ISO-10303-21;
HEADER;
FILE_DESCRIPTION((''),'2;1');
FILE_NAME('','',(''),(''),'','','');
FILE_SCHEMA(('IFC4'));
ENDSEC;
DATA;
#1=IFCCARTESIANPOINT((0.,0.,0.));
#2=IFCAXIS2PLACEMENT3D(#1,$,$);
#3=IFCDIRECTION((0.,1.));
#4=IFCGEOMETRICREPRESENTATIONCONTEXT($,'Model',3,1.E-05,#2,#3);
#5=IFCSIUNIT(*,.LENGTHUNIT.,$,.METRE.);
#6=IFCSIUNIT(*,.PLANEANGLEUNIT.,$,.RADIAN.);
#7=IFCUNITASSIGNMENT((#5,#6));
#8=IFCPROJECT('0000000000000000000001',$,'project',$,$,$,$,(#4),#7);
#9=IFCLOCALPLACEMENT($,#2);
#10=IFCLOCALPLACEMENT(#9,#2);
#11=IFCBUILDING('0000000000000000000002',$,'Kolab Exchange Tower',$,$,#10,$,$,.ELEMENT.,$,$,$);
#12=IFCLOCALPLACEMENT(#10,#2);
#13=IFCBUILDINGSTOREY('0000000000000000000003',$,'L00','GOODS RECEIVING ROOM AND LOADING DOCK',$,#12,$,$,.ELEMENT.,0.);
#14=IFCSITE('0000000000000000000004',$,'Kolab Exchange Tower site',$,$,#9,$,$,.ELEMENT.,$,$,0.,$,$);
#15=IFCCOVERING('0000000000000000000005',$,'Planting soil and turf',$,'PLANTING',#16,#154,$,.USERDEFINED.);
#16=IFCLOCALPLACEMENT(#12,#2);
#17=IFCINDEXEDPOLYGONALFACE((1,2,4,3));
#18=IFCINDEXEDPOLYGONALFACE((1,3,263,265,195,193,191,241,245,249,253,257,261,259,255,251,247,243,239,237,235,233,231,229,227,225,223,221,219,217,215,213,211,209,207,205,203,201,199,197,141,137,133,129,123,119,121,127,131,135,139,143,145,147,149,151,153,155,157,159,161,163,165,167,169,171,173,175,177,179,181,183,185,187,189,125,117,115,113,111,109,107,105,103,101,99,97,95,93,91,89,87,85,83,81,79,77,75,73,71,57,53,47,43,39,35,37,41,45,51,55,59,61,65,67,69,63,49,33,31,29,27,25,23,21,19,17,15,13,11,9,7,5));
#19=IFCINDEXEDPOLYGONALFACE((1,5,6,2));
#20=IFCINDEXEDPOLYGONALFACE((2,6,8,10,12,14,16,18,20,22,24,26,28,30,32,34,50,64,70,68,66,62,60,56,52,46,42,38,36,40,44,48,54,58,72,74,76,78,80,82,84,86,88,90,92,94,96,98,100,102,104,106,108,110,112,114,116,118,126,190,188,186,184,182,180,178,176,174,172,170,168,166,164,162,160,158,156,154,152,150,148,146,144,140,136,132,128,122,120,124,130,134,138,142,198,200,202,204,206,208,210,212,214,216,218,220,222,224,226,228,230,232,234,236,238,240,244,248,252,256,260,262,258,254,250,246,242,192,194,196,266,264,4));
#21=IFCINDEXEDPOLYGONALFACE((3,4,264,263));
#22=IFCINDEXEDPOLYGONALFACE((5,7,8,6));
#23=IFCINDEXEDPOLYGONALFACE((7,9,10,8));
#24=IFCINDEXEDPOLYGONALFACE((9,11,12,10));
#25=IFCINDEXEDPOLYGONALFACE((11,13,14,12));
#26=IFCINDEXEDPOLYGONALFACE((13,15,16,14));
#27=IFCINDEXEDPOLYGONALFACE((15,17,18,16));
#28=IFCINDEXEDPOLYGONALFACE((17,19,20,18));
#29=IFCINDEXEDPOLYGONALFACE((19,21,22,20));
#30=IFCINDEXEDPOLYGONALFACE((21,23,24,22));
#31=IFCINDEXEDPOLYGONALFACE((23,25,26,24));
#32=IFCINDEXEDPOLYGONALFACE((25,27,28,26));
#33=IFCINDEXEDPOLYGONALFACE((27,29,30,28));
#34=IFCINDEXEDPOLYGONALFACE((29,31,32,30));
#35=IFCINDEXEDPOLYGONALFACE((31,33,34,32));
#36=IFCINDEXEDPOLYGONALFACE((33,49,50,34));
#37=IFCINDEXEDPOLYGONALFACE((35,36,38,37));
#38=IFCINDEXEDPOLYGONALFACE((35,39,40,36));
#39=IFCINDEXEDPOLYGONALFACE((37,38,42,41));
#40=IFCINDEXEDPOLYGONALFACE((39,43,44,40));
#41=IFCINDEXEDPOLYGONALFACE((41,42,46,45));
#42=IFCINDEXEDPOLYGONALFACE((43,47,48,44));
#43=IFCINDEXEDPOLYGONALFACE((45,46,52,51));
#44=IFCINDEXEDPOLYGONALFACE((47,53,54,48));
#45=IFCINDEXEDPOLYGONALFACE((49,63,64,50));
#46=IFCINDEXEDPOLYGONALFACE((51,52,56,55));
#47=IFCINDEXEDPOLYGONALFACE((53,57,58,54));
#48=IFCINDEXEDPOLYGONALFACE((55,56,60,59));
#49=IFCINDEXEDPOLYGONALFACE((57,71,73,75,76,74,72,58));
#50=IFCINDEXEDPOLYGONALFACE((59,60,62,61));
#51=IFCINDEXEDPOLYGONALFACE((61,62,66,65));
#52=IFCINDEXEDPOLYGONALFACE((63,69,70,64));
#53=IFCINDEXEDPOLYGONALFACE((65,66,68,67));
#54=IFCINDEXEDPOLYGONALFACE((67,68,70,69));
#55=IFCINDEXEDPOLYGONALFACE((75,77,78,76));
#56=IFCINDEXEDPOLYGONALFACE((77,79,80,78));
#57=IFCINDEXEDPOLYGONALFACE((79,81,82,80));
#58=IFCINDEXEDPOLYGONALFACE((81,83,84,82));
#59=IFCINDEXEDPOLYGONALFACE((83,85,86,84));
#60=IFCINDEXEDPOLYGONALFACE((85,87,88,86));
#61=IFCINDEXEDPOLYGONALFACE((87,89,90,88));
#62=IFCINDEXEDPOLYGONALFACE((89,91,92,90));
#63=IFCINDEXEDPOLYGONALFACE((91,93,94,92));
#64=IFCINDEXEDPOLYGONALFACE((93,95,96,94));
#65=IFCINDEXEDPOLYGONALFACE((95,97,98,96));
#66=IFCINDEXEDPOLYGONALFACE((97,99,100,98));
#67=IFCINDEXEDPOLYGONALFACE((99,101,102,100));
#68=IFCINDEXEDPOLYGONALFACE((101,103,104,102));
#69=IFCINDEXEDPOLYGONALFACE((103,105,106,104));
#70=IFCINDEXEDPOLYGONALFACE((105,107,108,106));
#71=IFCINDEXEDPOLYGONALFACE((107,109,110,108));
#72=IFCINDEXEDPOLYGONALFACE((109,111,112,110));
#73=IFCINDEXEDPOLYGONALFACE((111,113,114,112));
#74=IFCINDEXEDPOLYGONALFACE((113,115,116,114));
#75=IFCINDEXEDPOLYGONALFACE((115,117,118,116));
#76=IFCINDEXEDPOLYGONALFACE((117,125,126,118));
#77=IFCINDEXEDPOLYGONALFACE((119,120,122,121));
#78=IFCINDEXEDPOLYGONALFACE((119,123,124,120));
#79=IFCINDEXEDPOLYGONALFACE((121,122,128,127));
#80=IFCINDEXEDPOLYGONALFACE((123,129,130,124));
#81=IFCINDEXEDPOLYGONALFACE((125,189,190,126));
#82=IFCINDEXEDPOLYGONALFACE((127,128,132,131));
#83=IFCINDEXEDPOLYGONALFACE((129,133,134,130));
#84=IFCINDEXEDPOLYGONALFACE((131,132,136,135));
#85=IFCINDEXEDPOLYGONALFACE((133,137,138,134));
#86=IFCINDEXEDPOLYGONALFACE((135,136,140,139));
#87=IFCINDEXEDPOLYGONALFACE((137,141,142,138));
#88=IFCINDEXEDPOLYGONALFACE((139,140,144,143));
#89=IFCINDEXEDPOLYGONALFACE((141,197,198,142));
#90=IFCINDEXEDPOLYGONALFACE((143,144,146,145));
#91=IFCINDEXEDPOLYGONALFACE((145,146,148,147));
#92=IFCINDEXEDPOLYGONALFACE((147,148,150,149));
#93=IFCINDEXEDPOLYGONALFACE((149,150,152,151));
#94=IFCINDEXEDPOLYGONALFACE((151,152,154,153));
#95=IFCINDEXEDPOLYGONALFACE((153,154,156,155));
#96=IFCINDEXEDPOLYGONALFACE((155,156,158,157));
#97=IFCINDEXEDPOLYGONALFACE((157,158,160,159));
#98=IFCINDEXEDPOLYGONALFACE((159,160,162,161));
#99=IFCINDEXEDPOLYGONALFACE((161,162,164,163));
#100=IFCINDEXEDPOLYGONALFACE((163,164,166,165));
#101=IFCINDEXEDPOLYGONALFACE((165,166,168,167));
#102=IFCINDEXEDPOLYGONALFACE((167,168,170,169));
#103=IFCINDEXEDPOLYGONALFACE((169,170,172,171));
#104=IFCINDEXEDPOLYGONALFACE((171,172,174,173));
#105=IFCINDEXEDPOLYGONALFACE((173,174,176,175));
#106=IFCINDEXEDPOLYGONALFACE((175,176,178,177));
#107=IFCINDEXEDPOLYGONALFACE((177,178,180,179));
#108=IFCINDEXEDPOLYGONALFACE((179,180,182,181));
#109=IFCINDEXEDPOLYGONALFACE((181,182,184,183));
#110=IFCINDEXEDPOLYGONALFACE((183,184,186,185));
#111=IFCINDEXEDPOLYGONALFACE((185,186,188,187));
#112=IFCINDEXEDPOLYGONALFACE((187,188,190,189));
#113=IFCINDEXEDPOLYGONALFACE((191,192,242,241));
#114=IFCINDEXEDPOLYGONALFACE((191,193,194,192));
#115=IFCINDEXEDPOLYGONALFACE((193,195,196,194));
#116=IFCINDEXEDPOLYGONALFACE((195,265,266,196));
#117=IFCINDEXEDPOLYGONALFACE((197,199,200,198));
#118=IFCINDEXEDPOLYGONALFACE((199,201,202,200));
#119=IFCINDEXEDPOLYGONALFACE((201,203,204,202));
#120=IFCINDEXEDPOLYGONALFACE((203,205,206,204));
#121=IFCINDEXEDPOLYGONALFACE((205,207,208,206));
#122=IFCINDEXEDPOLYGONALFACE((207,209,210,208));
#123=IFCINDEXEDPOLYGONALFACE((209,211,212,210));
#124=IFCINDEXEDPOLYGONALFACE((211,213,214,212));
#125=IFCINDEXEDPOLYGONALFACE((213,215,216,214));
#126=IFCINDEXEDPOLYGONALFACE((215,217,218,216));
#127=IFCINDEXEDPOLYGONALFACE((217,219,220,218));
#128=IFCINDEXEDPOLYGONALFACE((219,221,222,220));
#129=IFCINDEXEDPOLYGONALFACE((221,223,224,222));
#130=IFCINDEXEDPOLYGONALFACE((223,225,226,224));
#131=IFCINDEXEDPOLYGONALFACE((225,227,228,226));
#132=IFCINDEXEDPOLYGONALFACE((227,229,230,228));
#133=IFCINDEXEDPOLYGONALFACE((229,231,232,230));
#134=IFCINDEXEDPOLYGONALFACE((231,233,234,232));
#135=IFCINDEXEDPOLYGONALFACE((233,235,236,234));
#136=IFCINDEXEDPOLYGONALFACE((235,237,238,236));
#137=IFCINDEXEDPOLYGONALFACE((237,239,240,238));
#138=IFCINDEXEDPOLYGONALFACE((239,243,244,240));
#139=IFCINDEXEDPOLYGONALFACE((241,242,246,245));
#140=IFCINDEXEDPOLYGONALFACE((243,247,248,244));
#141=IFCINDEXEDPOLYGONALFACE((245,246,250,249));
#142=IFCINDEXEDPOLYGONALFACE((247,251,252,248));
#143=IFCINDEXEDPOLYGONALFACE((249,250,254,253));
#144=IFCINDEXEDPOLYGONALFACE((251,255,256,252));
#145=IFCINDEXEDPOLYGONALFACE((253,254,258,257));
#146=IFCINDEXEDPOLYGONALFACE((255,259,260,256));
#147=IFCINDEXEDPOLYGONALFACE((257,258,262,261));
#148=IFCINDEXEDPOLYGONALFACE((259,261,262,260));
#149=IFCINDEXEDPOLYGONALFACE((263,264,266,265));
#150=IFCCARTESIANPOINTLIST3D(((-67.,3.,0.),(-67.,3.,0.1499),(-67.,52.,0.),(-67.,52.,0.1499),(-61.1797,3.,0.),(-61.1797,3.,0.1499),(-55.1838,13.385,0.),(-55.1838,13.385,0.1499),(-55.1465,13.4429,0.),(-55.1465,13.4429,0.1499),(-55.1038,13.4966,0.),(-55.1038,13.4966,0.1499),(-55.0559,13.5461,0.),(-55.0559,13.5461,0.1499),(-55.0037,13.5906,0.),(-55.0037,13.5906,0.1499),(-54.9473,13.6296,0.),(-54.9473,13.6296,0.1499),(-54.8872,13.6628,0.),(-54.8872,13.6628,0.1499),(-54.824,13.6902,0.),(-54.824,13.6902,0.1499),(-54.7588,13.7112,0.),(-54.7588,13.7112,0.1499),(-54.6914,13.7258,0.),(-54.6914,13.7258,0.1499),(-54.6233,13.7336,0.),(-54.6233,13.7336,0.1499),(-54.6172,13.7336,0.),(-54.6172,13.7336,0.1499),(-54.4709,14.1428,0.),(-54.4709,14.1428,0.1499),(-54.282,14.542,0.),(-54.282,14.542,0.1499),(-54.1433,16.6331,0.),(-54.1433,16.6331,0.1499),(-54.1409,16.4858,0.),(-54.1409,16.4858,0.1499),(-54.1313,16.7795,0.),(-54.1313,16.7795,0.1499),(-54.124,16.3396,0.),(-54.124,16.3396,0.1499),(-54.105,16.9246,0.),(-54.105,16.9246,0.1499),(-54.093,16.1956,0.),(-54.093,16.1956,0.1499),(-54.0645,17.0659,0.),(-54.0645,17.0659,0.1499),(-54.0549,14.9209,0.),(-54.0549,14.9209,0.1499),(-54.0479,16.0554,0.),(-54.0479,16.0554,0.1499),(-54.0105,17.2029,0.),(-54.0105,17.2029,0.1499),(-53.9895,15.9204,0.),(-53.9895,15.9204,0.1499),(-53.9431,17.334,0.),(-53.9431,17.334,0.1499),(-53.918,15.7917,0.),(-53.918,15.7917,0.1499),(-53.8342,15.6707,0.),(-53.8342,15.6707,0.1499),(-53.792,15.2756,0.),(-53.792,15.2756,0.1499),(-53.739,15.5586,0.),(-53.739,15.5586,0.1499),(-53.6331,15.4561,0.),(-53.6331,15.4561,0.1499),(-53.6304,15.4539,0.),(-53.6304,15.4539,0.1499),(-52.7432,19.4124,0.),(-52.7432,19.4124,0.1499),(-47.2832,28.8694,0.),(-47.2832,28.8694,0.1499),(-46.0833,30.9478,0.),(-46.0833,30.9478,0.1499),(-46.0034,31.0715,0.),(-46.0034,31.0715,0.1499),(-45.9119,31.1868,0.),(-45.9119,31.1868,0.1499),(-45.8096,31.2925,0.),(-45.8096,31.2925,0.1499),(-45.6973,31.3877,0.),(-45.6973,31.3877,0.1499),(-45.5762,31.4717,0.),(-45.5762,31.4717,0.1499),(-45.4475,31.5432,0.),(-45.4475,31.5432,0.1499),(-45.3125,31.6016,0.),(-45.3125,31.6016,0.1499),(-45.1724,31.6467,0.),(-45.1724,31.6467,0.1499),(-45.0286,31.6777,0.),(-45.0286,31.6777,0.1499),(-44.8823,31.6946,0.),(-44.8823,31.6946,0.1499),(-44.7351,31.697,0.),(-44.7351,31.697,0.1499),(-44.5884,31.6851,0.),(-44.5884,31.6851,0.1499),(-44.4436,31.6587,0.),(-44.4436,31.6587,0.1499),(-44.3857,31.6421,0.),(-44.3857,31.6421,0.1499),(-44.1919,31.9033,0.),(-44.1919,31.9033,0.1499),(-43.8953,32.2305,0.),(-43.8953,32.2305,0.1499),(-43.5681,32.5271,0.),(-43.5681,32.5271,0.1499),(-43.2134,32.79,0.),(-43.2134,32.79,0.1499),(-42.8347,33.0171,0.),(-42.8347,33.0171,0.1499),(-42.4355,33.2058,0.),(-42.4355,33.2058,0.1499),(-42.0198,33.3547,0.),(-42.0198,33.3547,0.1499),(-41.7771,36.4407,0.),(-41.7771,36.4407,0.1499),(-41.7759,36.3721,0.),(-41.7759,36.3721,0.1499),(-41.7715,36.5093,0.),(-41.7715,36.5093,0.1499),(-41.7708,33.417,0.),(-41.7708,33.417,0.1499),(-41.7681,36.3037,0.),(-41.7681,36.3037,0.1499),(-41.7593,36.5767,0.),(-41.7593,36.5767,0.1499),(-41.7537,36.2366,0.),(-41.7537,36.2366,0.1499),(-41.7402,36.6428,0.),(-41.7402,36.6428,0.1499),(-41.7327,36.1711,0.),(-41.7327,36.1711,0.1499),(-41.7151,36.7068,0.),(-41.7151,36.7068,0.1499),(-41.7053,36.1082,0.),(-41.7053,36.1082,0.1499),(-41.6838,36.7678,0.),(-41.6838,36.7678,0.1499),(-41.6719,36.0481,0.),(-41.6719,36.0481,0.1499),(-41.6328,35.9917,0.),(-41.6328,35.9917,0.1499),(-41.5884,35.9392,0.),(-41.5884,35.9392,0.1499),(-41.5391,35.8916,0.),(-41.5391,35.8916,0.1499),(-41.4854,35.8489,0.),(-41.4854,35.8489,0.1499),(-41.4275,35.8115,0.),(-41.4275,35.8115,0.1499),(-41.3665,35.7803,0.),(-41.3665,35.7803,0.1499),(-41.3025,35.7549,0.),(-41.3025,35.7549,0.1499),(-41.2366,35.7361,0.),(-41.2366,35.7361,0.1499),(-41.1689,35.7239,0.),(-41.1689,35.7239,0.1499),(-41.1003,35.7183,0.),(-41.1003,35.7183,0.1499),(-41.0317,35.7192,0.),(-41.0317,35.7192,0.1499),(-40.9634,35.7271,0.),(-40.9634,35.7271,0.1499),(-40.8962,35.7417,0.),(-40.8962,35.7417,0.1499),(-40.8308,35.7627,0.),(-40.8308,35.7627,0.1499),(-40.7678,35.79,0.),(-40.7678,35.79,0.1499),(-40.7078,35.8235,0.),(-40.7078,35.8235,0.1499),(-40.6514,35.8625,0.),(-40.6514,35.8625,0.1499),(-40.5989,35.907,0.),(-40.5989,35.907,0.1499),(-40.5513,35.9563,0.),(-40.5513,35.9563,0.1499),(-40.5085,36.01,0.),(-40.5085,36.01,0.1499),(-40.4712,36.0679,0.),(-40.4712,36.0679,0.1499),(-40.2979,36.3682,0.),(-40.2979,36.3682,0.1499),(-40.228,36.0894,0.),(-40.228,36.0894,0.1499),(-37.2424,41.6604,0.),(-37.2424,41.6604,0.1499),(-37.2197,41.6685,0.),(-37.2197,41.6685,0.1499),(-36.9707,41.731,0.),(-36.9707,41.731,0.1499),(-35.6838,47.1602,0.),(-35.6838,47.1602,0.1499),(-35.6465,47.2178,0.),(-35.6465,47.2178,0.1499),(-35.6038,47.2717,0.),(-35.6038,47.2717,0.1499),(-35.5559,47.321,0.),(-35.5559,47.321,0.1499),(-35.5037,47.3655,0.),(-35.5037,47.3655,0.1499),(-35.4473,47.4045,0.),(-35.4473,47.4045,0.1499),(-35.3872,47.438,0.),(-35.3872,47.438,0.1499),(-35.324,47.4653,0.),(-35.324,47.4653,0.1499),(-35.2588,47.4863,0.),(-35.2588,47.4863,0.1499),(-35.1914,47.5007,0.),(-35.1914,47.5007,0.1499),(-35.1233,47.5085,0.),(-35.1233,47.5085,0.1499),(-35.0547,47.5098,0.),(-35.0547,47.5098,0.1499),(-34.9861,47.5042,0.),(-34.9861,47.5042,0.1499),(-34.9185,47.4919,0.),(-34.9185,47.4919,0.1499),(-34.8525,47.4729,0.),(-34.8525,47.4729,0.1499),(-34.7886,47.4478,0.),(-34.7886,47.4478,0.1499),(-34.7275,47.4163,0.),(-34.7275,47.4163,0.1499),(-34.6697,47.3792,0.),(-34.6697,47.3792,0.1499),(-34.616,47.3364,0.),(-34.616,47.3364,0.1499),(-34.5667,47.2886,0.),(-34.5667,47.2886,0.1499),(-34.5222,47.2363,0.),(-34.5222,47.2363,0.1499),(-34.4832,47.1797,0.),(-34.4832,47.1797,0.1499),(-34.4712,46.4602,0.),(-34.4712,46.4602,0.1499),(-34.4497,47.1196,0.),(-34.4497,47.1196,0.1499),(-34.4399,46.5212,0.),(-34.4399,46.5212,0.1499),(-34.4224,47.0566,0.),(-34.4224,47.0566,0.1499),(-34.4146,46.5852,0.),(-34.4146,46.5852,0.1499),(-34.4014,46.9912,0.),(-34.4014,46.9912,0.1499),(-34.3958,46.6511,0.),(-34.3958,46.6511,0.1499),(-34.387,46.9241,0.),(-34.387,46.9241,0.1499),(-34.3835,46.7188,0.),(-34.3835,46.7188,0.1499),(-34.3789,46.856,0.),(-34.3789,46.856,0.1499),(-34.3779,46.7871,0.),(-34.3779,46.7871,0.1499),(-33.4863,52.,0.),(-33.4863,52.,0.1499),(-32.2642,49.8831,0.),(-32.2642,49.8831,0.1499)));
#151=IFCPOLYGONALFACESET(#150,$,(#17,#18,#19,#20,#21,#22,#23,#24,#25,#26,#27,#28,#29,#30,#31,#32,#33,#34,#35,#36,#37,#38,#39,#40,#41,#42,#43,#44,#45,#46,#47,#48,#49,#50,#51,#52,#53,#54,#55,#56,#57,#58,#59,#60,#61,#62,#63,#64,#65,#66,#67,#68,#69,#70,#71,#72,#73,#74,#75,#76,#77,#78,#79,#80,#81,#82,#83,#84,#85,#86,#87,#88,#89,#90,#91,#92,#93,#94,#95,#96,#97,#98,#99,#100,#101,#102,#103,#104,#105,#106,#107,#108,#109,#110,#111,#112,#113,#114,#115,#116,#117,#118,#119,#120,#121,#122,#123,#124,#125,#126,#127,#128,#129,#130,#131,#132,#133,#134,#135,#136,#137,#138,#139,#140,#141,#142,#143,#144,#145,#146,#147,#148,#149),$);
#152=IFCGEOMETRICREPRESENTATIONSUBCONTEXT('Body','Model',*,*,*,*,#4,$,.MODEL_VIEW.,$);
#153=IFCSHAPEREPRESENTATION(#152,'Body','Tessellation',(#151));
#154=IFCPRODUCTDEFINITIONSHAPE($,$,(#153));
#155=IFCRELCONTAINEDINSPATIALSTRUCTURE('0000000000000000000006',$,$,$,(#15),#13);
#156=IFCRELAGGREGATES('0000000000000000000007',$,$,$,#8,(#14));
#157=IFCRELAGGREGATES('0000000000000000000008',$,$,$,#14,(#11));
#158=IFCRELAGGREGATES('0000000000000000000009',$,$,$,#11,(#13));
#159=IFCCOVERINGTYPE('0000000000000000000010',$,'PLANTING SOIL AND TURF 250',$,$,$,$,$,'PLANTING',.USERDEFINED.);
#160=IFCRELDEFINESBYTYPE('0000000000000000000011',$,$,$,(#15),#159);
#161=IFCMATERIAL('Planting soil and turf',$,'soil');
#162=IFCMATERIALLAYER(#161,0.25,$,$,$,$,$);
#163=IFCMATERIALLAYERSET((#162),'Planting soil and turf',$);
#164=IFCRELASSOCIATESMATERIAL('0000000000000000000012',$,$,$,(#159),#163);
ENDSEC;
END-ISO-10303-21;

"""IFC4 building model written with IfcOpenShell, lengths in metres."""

from ifc_helpers import new_model, si_unit, direction, origin, place, context, subcontext, project, spatial, polyline, outline, extrude, material, layer, layer_set, type_object, element, save


model = new_model("IFC4")

# Units and contexts
model_context = context("Model", 3, precision=1e-05, world=origin(), true_north=direction((0.0, 1.0)))
body_context = subcontext(model_context, "Body", "Model", "MODEL_VIEW")
ifc_project = project(units=[si_unit("LENGTHUNIT", "METRE"), si_unit("PLANEANGLEUNIT", "RADIAN")], contexts=[model_context])

# Site, building, storey
site_placement = place(None, origin())
site = spatial("IfcSite", under=ifc_project, at=site_placement, Name="Kolab Exchange Tower site", CompositionType="ELEMENT", RefElevation=0.0)
building_placement = place(site_placement, origin())
building = spatial("IfcBuilding", under=site, at=building_placement, Name="Kolab Exchange Tower", CompositionType="ELEMENT")
storey_placement = place(building_placement, origin())
storey = spatial("IfcBuildingStorey", under=building, at=storey_placement, Name="L00", Description="GOODS RECEIVING ROOM AND LOADING DOCK", CompositionType="ELEMENT", Elevation=0.0)

# Covering
ifc_material_1 = material(Name="Planting soil and turf", Category="soil")
ifc_layer_1 = layer(ifc_material_1, 0.25)
ifc_layer_set_1 = layer_set([ifc_layer_1], Name="Planting soil and turf")
covering_type_1 = type_object("IfcCoveringType", Name="PLANTING SOIL AND TURF 250", ElementType="PLANTING", PredefinedType="USERDEFINED", material=ifc_layer_set_1)
covering_1_placement = place(storey_placement, origin())
element("IfcCovering", 1, at=covering_1_placement, inside=storey, type_object=covering_type_1, Name="Planting soil and turf", ObjectType="PLANTING", PredefinedType="USERDEFINED", context=body_context, shape_type="SweptSolid", body=[
    extrude(outline(polyline([(-67.0, 52.0), (-33.4863, 52.0), (-32.2642, 49.8831), (-36.9707, 41.731), (-37.2197, 41.6685), (-37.2424, 41.6604), (-34.4712, 46.4602), (-34.4399, 46.5212), (-34.4146, 46.5852), (-34.3958, 46.6511), (-34.3835, 46.7188), (-34.3779, 46.7871), (-34.3789, 46.856), (-34.387, 46.9241), (-34.4014, 46.9912), (-34.4224, 47.0566), (-34.4497, 47.1196), (-34.4832, 47.1797), (-34.5222, 47.2363), (-34.5667, 47.2886), (-34.616, 47.3364), (-34.6697, 47.3792), (-34.7275, 47.4163), (-34.7886, 47.4478), (-34.8525, 47.4729), (-34.9185, 47.4919), (-34.9861, 47.5042), (-35.0547, 47.5098), (-35.1233, 47.5085), (-35.1914, 47.5007), (-35.2588, 47.4863), (-35.324, 47.4653), (-35.3872, 47.438), (-35.4473, 47.4045), (-35.5037, 47.3655), (-35.5559, 47.321), (-35.6038, 47.2717), (-35.6465, 47.2178), (-35.6838, 47.1602), (-41.6838, 36.7678), (-41.7151, 36.7068), (-41.7402, 36.6428), (-41.7593, 36.5767), (-41.7715, 36.5093), (-41.7771, 36.4407), (-41.7759, 36.3721), (-41.7681, 36.3037), (-41.7537, 36.2366), (-41.7327, 36.1711), (-41.7053, 36.1082), (-41.6719, 36.0481), (-41.6328, 35.9917), (-41.5884, 35.9392), (-41.5391, 35.8916), (-41.4854, 35.8489), (-41.4275, 35.8115), (-41.3665, 35.7803), (-41.3025, 35.7549), (-41.2366, 35.7361), (-41.1689, 35.7239), (-41.1003, 35.7183), (-41.0317, 35.7192), (-40.9634, 35.7271), (-40.8962, 35.7417), (-40.8308, 35.7627), (-40.7678, 35.79), (-40.7078, 35.8235), (-40.6514, 35.8625), (-40.5989, 35.907), (-40.5513, 35.9563), (-40.5085, 36.01), (-40.4712, 36.0679), (-40.2979, 36.3682), (-40.228, 36.0894), (-41.7708, 33.417), (-42.0198, 33.3547), (-42.4355, 33.2058), (-42.8347, 33.0171), (-43.2134, 32.79), (-43.5681, 32.5271), (-43.8953, 32.2305), (-44.1919, 31.9033), (-44.3857, 31.6421), (-44.4436, 31.6587), (-44.5884, 31.6851), (-44.7351, 31.697), (-44.8823, 31.6946), (-45.0286, 31.6777), (-45.1724, 31.6467), (-45.3125, 31.6016), (-45.4475, 31.5432), (-45.5762, 31.4717), (-45.6973, 31.3877), (-45.8096, 31.2925), (-45.9119, 31.1868), (-46.0034, 31.0715), (-46.0833, 30.9478), (-47.2832, 28.8694), (-52.7432, 19.4124), (-52.7432, 19.4124), (-53.9431, 17.334), (-54.0105, 17.2029), (-54.0645, 17.0659), (-54.105, 16.9246), (-54.1313, 16.7795), (-54.1433, 16.6331), (-54.1409, 16.4858), (-54.124, 16.3396), (-54.093, 16.1956), (-54.0479, 16.0554), (-53.9895, 15.9204), (-53.918, 15.7917), (-53.8342, 15.6707), (-53.739, 15.5586), (-53.6331, 15.4561), (-53.6304, 15.4539), (-53.792, 15.2756), (-54.0549, 14.9209), (-54.282, 14.542), (-54.4709, 14.1428), (-54.6172, 13.7336), (-54.6233, 13.7336), (-54.6914, 13.7258), (-54.7588, 13.7112), (-54.824, 13.6902), (-54.8872, 13.6628), (-54.9473, 13.6296), (-55.0037, 13.5906), (-55.0559, 13.5461), (-55.1038, 13.4966), (-55.1465, 13.4429), (-55.1838, 13.385), (-61.1797, 3.0), (-67.0, 3.0), (-67.0, 52.0)])), origin(), (0.0, 0.0, 1.0), 0.1499),
])

save(model, "model.ifc")
